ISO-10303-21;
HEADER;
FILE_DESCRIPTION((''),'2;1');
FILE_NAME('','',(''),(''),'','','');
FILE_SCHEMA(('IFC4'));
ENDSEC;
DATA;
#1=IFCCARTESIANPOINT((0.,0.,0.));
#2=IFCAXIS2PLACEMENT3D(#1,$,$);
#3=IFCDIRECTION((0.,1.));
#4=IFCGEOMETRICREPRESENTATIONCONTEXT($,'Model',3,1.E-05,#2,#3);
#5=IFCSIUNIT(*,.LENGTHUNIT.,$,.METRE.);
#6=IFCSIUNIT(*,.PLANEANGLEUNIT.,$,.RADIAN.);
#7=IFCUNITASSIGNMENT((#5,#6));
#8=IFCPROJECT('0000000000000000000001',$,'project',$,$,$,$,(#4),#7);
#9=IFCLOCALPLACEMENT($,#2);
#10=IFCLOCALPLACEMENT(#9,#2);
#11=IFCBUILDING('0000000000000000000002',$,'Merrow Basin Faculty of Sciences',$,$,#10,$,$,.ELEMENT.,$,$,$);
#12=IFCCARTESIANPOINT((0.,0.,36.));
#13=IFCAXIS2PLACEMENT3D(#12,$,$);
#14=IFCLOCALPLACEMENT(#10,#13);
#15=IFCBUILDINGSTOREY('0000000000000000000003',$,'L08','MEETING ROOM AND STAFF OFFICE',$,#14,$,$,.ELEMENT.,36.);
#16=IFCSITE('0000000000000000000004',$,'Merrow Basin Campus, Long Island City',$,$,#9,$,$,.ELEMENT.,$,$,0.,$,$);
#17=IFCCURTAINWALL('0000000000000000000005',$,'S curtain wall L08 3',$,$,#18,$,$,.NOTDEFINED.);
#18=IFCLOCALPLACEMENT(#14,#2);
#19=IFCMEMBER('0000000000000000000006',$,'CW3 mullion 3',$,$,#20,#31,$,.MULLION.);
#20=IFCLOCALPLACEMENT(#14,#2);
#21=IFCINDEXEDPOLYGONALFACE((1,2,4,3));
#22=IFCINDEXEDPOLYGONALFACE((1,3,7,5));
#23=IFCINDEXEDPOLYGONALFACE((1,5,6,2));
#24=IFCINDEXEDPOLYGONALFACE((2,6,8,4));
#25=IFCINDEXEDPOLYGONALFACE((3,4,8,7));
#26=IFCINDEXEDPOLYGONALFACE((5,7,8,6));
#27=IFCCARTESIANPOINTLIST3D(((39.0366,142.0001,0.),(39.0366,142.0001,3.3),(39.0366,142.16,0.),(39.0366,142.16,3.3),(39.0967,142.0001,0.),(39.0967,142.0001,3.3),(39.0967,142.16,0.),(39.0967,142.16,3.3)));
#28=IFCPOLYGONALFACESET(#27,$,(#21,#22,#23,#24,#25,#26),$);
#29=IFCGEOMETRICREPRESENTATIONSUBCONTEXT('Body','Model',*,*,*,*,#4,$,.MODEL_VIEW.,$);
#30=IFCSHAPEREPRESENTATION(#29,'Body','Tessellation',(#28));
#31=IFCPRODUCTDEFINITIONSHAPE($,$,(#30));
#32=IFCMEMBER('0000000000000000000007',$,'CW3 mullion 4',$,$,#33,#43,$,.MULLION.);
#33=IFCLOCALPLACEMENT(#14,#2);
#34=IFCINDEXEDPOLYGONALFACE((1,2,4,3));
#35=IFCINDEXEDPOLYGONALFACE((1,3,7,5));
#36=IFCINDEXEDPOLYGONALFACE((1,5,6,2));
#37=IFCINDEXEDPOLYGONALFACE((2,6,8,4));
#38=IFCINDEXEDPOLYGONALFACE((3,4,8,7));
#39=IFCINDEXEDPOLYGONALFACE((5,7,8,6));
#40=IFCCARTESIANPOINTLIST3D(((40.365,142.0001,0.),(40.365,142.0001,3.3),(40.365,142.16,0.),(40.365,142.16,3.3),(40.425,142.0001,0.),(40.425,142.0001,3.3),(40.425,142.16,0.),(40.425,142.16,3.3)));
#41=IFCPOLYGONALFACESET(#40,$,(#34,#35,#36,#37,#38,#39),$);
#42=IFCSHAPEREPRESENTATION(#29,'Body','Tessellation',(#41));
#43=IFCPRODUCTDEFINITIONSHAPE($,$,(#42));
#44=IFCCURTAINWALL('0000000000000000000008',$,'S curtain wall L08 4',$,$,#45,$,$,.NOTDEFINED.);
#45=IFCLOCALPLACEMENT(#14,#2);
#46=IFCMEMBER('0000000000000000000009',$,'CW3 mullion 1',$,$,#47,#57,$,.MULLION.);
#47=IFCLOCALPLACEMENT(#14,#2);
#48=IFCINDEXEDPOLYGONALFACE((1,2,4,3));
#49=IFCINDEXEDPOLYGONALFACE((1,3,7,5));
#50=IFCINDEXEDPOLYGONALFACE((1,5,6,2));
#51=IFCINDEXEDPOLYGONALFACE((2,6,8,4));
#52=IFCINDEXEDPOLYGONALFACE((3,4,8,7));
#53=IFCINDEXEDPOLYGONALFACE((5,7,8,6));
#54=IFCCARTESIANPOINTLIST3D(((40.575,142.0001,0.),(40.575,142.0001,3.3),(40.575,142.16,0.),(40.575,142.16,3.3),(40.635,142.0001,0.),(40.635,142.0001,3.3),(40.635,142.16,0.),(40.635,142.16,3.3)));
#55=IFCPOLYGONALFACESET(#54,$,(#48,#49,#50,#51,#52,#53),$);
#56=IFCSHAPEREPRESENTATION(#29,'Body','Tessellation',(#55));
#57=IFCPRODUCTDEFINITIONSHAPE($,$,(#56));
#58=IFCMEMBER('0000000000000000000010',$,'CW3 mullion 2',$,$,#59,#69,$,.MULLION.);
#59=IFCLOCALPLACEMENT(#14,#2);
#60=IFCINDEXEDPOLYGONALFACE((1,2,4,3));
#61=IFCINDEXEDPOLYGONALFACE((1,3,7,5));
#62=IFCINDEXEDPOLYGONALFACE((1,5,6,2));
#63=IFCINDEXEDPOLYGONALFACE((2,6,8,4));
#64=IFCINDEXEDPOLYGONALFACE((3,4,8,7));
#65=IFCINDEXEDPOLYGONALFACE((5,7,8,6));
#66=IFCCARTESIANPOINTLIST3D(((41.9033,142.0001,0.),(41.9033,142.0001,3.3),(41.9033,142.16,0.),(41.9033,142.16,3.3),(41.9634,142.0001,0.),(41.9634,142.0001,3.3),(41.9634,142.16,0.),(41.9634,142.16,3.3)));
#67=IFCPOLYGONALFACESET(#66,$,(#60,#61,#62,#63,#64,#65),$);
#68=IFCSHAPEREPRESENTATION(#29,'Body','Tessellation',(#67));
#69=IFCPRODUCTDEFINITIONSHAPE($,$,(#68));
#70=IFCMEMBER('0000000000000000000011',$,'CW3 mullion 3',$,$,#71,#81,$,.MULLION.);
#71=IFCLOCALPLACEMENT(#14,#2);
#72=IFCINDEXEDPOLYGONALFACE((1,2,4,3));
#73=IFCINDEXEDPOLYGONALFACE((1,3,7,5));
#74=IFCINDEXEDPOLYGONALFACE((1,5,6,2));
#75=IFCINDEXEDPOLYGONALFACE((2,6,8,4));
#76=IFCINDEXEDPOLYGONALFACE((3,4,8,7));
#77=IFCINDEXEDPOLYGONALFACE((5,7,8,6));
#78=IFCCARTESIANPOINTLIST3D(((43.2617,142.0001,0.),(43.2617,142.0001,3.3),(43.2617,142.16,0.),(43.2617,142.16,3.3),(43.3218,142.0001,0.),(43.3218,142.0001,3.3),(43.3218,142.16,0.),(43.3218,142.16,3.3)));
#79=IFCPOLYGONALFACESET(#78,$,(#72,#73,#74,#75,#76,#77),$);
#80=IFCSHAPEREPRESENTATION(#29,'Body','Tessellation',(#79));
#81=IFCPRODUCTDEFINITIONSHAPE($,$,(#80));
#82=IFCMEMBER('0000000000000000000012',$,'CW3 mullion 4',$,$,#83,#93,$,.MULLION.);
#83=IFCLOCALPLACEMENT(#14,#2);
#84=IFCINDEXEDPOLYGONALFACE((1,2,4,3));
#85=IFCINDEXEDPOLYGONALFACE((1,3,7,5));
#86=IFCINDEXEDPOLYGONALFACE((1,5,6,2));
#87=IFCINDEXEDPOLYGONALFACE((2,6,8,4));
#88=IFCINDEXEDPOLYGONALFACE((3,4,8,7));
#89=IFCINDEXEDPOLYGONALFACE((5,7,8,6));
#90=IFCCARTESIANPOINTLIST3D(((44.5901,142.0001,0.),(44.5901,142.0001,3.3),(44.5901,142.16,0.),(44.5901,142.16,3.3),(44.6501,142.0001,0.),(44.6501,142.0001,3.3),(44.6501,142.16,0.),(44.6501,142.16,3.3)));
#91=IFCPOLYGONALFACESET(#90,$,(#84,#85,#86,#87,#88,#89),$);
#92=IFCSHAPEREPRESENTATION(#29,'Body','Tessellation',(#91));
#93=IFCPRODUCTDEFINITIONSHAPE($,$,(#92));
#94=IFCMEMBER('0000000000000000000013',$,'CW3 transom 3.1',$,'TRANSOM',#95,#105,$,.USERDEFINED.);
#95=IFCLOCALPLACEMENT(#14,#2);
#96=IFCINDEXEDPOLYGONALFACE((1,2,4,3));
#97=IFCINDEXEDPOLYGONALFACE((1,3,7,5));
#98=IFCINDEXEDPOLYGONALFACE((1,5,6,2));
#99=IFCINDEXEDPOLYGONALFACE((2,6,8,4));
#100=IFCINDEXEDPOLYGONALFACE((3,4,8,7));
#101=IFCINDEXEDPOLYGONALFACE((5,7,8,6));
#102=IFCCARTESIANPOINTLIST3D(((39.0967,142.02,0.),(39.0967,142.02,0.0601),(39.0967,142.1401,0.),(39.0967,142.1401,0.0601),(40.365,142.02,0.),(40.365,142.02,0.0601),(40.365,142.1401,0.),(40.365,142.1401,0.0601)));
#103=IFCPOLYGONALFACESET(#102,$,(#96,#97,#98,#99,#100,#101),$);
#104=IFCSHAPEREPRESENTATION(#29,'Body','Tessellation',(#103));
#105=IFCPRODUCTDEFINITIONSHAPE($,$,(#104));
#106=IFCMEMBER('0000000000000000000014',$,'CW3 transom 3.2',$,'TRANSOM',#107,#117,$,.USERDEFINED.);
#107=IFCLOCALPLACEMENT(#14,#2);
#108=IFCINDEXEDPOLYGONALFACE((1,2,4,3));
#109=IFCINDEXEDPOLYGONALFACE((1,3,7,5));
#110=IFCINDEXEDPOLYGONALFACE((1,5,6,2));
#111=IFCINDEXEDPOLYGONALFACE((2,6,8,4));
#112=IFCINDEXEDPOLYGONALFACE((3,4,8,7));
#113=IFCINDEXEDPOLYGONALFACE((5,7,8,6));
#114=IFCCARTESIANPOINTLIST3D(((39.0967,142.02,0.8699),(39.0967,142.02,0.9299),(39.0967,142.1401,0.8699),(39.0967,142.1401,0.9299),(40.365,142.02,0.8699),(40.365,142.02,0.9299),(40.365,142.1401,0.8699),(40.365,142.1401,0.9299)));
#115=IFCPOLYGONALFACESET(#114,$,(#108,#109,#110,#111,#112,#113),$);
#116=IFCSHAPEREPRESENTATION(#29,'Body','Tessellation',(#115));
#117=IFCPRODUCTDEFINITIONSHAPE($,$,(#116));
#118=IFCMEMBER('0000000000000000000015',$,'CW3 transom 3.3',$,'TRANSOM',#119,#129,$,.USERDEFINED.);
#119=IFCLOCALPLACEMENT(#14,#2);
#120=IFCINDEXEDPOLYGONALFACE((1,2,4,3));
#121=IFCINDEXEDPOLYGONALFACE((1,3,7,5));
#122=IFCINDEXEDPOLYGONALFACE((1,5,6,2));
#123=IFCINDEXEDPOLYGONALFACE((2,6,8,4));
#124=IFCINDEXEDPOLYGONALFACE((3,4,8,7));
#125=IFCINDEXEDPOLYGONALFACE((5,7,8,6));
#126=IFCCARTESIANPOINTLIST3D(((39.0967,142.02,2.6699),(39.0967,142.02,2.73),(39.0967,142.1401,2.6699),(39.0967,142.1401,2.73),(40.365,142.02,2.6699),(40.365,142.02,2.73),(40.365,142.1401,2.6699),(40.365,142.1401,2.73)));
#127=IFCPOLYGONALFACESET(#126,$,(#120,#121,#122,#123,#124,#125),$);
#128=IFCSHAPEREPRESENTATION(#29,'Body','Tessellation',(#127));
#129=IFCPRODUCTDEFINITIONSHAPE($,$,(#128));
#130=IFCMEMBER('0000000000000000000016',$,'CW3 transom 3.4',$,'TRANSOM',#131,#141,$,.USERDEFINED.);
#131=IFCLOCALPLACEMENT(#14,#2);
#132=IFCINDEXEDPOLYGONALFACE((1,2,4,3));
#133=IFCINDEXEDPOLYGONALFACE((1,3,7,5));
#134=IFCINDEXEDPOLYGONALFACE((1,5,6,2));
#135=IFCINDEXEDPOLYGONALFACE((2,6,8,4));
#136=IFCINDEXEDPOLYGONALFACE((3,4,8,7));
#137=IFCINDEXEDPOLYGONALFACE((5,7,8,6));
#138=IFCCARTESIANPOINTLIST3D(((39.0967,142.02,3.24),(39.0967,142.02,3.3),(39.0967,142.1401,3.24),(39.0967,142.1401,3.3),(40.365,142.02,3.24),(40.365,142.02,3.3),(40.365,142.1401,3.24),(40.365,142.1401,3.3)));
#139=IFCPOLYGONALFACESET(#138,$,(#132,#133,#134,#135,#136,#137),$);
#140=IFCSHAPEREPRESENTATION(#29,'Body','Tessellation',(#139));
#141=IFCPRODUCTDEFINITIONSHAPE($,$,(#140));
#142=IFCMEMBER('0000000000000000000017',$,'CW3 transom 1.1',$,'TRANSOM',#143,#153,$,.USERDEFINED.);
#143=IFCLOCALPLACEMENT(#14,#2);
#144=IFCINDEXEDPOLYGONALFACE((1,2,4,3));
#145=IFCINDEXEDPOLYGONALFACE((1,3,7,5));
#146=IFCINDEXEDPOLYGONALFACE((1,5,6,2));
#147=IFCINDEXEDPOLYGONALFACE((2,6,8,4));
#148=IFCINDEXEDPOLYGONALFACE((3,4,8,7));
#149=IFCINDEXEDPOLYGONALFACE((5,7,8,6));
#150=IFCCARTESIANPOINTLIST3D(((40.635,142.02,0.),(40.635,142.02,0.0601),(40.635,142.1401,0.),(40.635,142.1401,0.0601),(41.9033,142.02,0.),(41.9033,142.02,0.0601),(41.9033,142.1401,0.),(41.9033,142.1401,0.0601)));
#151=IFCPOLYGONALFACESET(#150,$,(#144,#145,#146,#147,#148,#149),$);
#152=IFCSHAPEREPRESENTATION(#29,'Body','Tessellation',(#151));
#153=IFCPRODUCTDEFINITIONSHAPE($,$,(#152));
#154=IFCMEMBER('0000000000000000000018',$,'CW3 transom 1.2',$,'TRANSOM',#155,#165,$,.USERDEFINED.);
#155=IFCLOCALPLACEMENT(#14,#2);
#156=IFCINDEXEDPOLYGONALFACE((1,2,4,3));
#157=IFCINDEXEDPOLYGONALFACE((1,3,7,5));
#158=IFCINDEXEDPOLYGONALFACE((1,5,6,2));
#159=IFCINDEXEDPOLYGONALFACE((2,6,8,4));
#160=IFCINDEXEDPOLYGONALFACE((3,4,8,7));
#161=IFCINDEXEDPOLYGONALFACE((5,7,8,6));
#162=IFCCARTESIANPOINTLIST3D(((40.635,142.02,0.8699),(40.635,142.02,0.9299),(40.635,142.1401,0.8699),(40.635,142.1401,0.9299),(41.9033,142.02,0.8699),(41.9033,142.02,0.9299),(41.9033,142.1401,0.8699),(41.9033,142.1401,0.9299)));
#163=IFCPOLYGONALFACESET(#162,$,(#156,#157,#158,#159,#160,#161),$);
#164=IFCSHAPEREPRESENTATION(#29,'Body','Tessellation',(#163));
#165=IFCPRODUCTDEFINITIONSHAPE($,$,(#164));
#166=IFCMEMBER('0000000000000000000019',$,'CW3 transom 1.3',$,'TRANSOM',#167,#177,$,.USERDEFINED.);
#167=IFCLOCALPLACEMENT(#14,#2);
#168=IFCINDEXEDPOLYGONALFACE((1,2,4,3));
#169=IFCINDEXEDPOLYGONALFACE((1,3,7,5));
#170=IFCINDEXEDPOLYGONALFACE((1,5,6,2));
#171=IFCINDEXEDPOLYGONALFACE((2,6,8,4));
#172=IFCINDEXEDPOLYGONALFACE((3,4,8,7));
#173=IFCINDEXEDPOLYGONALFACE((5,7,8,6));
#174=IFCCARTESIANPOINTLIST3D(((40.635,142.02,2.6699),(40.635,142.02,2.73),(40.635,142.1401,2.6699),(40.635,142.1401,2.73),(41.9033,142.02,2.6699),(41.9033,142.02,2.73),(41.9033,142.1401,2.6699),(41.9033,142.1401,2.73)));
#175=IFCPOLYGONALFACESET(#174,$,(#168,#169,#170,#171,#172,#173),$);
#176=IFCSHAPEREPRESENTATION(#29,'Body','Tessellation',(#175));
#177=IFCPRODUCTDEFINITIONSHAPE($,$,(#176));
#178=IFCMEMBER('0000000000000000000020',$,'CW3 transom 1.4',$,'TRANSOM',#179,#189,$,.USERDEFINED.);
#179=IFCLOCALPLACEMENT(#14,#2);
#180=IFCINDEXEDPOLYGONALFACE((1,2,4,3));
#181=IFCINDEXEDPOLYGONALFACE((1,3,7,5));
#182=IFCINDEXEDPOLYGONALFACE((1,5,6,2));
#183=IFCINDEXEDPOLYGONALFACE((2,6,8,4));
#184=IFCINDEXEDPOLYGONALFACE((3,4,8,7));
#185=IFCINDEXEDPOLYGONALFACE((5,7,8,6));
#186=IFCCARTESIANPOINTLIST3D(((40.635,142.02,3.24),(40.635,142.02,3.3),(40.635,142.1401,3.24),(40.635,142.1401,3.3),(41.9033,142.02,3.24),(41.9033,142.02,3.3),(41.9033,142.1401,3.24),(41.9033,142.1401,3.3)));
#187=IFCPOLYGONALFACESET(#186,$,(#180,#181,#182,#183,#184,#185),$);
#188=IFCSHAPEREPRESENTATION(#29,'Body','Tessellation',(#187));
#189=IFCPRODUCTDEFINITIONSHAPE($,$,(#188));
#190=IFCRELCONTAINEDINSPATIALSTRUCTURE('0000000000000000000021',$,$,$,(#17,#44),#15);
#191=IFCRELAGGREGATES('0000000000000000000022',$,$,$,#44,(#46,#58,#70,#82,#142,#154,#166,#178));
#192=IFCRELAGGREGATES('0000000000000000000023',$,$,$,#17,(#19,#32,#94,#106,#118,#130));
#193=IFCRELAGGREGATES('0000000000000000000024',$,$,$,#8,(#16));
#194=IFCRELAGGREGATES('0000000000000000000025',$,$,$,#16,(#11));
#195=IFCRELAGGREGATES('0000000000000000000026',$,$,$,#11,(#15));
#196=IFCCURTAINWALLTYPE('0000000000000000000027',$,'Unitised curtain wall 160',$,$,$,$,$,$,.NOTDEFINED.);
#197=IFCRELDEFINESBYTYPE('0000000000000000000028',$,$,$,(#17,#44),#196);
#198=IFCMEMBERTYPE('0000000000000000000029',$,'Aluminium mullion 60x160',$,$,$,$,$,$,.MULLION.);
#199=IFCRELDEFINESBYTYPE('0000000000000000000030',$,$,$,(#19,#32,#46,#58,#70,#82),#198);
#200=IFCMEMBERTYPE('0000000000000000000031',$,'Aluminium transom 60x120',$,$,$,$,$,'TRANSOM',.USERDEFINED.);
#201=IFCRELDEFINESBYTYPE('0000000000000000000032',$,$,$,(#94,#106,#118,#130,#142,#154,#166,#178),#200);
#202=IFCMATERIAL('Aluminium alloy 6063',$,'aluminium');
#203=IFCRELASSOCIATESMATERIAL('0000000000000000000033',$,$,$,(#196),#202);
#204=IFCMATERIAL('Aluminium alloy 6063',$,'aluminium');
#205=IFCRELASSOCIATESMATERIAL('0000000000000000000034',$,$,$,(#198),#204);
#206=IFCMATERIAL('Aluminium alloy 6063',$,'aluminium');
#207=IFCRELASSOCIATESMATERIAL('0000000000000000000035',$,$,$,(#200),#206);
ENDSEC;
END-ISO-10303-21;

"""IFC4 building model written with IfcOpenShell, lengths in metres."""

from ifc_helpers import new_model, si_unit, direction, frame, origin, origin_2d, place, context, subcontext, project, spatial, rectangle, extrude, material, material_profile, profile_set, type_object, element, aggregate, save


model = new_model("IFC4")

# Units and contexts
model_context = context("Model", 3, precision=1e-05, world=origin(), true_north=direction((0.0, 1.0)))
body_context = subcontext(model_context, "Body", "Model", "MODEL_VIEW")
ifc_project = project(units=[si_unit("LENGTHUNIT", "METRE"), si_unit("PLANEANGLEUNIT", "RADIAN")], contexts=[model_context])

# Site, building, storey
site_placement = place(None, origin())
site = spatial("IfcSite", under=ifc_project, at=site_placement, Name="Merrow Basin Campus, Long Island City", CompositionType="ELEMENT", RefElevation=0.0)
building_placement = place(site_placement, origin())
building = spatial("IfcBuilding", under=site, at=building_placement, Name="Merrow Basin Faculty of Sciences", CompositionType="ELEMENT")
storey_placement = place(building_placement, frame((0.0, 0.0, 36.0)))
storey = spatial("IfcBuildingStorey", under=building, at=storey_placement, Name="L08", Description="MEETING ROOM AND STAFF OFFICE", CompositionType="ELEMENT", Elevation=36.0)

# Curtain walls, members
ifc_material_1 = material(Name="Aluminium alloy 6063", Category="aluminium")
curtain_wall_type = type_object("IfcCurtainWallType", Name="Unitised curtain wall 160", PredefinedType="NOTDEFINED", material=ifc_material_1)
curtain_wall_1_placement = place(storey_placement, origin())
curtain_wall_1 = element("IfcCurtainWall", 1, at=curtain_wall_1_placement, inside=storey, type_object=curtain_wall_type, Name="S curtain wall L08 3", PredefinedType="NOTDEFINED")
ifc_material_2 = material(Name="Aluminium alloy 6063", Category="aluminium")
ifc_material_profile_1 = material_profile(ifc_material_2, rectangle(XDim=0.1599, YDim=0.0601, at=origin_2d()))
ifc_profile_set_1 = profile_set([ifc_material_profile_1], Name="Aluminium alloy 6063")
member_type_1 = type_object("IfcMemberType", Name="Aluminium mullion 60x160", PredefinedType="MULLION", material=ifc_profile_set_1)
member_1_placement = place(storey_placement, frame((39.0667, 142.0801, 0.0), z_axis=(0.0, 0.0, 1.0), x_axis=(0.0, 1.0, 0.0)))
member_1 = element("IfcMember", 2, at=member_1_placement, type_object=member_type_1, Name="CW3 mullion 3", PredefinedType="MULLION", context=body_context, shape_type="SweptSolid", body=[
    extrude(rectangle(XDim=0.1599, YDim=0.0601, at=origin_2d()), origin(), (0.0, 0.0, 1.0), 3.3),
])
member_2_placement = place(storey_placement, frame((40.395, 142.0801, 0.0), z_axis=(0.0, 0.0, 1.0), x_axis=(0.0, 1.0, 0.0)))
member_2 = element("IfcMember", 3, at=member_2_placement, type_object=member_type_1, Name="CW3 mullion 4", PredefinedType="MULLION", context=body_context, shape_type="SweptSolid", body=[
    extrude(rectangle(XDim=0.1599, YDim=0.0601, at=origin_2d()), origin(), (0.0, 0.0, 1.0), 3.3),
])
curtain_wall_2_placement = place(storey_placement, origin())
curtain_wall_2 = element("IfcCurtainWall", 4, at=curtain_wall_2_placement, inside=storey, type_object=curtain_wall_type, Name="S curtain wall L08 4", PredefinedType="NOTDEFINED")
member_3_placement = place(storey_placement, frame((40.605, 142.0801, 0.0), z_axis=(0.0, 0.0, 1.0), x_axis=(0.0, 1.0, 0.0)))
member_3 = element("IfcMember", 5, at=member_3_placement, type_object=member_type_1, Name="CW3 mullion 1", PredefinedType="MULLION", context=body_context, shape_type="SweptSolid", body=[
    extrude(rectangle(XDim=0.1599, YDim=0.0601, at=origin_2d()), origin(), (0.0, 0.0, 1.0), 3.3),
])
member_4_placement = place(storey_placement, frame((41.9333, 142.0801, 0.0), z_axis=(0.0, 0.0, 1.0), x_axis=(0.0, 1.0, 0.0)))
member_4 = element("IfcMember", 6, at=member_4_placement, type_object=member_type_1, Name="CW3 mullion 2", PredefinedType="MULLION", context=body_context, shape_type="SweptSolid", body=[
    extrude(rectangle(XDim=0.1599, YDim=0.0601, at=origin_2d()), origin(), (0.0, 0.0, 1.0), 3.3),
])
member_5_placement = place(storey_placement, frame((43.2917, 142.0801, 0.0), z_axis=(0.0, 0.0, 1.0), x_axis=(0.0, 1.0, 0.0)))
member_5 = element("IfcMember", 7, at=member_5_placement, type_object=member_type_1, Name="CW3 mullion 3", PredefinedType="MULLION", context=body_context, shape_type="SweptSolid", body=[
    extrude(rectangle(XDim=0.1599, YDim=0.0601, at=origin_2d()), origin(), (0.0, 0.0, 1.0), 3.3),
])
member_6_placement = place(storey_placement, frame((44.6201, 142.0801, 0.0), z_axis=(0.0, 0.0, 1.0), x_axis=(0.0, 1.0, 0.0)))
member_6 = element("IfcMember", 8, at=member_6_placement, type_object=member_type_1, Name="CW3 mullion 4", PredefinedType="MULLION", context=body_context, shape_type="SweptSolid", body=[
    extrude(rectangle(XDim=0.1599, YDim=0.0601, at=origin_2d()), origin(), (0.0, 0.0, 1.0), 3.3),
])

# Members
ifc_material_3 = material(Name="Aluminium alloy 6063", Category="aluminium")
ifc_material_profile_2 = material_profile(ifc_material_3, rectangle(XDim=0.1201, YDim=0.0601, at=origin_2d()))
ifc_profile_set_2 = profile_set([ifc_material_profile_2], Name="Aluminium alloy 6063")
member_type_2 = type_object("IfcMemberType", Name="Aluminium transom 60x120", ElementType="TRANSOM", PredefinedType="USERDEFINED", material=ifc_profile_set_2)
member_7_placement = place(storey_placement, frame((39.0967, 142.0801, 0.03), z_axis=(1.0, 0.0, 0.0), x_axis=(0.0, 1.0, 0.0)))
member_7 = element("IfcMember", 9, at=member_7_placement, type_object=member_type_2, Name="CW3 transom 3.1", ObjectType="TRANSOM", PredefinedType="USERDEFINED", context=body_context, shape_type="SweptSolid", body=[
    extrude(rectangle(XDim=0.1201, YDim=0.0601, at=origin_2d()), origin(), (0.0, 0.0, 1.0), 1.2683),
])
member_8_placement = place(storey_placement, frame((39.0967, 142.0801, 0.8999), z_axis=(1.0, 0.0, 0.0), x_axis=(0.0, 1.0, 0.0)))
member_8 = element("IfcMember", 10, at=member_8_placement, type_object=member_type_2, Name="CW3 transom 3.2", ObjectType="TRANSOM", PredefinedType="USERDEFINED", context=body_context, shape_type="SweptSolid", body=[
    extrude(rectangle(XDim=0.1201, YDim=0.0601, at=origin_2d()), origin(), (0.0, 0.0, 1.0), 1.2683),
])
member_9_placement = place(storey_placement, frame((39.0967, 142.0801, 2.7), z_axis=(1.0, 0.0, 0.0), x_axis=(0.0, 1.0, 0.0)))
member_9 = element("IfcMember", 11, at=member_9_placement, type_object=member_type_2, Name="CW3 transom 3.3", ObjectType="TRANSOM", PredefinedType="USERDEFINED", context=body_context, shape_type="SweptSolid", body=[
    extrude(rectangle(XDim=0.1201, YDim=0.0601, at=origin_2d()), origin(), (0.0, 0.0, 1.0), 1.2683),
])
member_10_placement = place(storey_placement, frame((39.0967, 142.0801, 3.27), z_axis=(1.0, 0.0, 0.0), x_axis=(0.0, 1.0, 0.0)))
member_10 = element("IfcMember", 12, at=member_10_placement, type_object=member_type_2, Name="CW3 transom 3.4", ObjectType="TRANSOM", PredefinedType="USERDEFINED", context=body_context, shape_type="SweptSolid", body=[
    extrude(rectangle(XDim=0.1201, YDim=0.0601, at=origin_2d()), origin(), (0.0, 0.0, 1.0), 1.2683),
])
member_11_placement = place(storey_placement, frame((40.635, 142.0801, 0.03), z_axis=(1.0, 0.0, 0.0), x_axis=(0.0, 1.0, 0.0)))
member_11 = element("IfcMember", 13, at=member_11_placement, type_object=member_type_2, Name="CW3 transom 1.1", ObjectType="TRANSOM", PredefinedType="USERDEFINED", context=body_context, shape_type="SweptSolid", body=[
    extrude(rectangle(XDim=0.1201, YDim=0.0601, at=origin_2d()), origin(), (0.0, 0.0, 1.0), 1.2683),
])
member_12_placement = place(storey_placement, frame((40.635, 142.0801, 0.8999), z_axis=(1.0, 0.0, 0.0), x_axis=(0.0, 1.0, 0.0)))
member_12 = element("IfcMember", 14, at=member_12_placement, type_object=member_type_2, Name="CW3 transom 1.2", ObjectType="TRANSOM", PredefinedType="USERDEFINED", context=body_context, shape_type="SweptSolid", body=[
    extrude(rectangle(XDim=0.1201, YDim=0.0601, at=origin_2d()), origin(), (0.0, 0.0, 1.0), 1.2683),
])
member_13_placement = place(storey_placement, frame((40.635, 142.0801, 2.7), z_axis=(1.0, 0.0, 0.0), x_axis=(0.0, 1.0, 0.0)))
member_13 = element("IfcMember", 15, at=member_13_placement, type_object=member_type_2, Name="CW3 transom 1.3", ObjectType="TRANSOM", PredefinedType="USERDEFINED", context=body_context, shape_type="SweptSolid", body=[
    extrude(rectangle(XDim=0.1201, YDim=0.0601, at=origin_2d()), origin(), (0.0, 0.0, 1.0), 1.2683),
])
member_14_placement = place(storey_placement, frame((40.635, 142.0801, 3.27), z_axis=(1.0, 0.0, 0.0), x_axis=(0.0, 1.0, 0.0)))
member_14 = element("IfcMember", 16, at=member_14_placement, type_object=member_type_2, Name="CW3 transom 1.4", ObjectType="TRANSOM", PredefinedType="USERDEFINED", context=body_context, shape_type="SweptSolid", body=[
    extrude(rectangle(XDim=0.1201, YDim=0.0601, at=origin_2d()), origin(), (0.0, 0.0, 1.0), 1.2683),
])

aggregate(curtain_wall_2, [member_3, member_4, member_5, member_6, member_11, member_12, member_13, member_14])
aggregate(curtain_wall_1, [member_1, member_2, member_7, member_8, member_9, member_10])

save(model, "model.ifc")
